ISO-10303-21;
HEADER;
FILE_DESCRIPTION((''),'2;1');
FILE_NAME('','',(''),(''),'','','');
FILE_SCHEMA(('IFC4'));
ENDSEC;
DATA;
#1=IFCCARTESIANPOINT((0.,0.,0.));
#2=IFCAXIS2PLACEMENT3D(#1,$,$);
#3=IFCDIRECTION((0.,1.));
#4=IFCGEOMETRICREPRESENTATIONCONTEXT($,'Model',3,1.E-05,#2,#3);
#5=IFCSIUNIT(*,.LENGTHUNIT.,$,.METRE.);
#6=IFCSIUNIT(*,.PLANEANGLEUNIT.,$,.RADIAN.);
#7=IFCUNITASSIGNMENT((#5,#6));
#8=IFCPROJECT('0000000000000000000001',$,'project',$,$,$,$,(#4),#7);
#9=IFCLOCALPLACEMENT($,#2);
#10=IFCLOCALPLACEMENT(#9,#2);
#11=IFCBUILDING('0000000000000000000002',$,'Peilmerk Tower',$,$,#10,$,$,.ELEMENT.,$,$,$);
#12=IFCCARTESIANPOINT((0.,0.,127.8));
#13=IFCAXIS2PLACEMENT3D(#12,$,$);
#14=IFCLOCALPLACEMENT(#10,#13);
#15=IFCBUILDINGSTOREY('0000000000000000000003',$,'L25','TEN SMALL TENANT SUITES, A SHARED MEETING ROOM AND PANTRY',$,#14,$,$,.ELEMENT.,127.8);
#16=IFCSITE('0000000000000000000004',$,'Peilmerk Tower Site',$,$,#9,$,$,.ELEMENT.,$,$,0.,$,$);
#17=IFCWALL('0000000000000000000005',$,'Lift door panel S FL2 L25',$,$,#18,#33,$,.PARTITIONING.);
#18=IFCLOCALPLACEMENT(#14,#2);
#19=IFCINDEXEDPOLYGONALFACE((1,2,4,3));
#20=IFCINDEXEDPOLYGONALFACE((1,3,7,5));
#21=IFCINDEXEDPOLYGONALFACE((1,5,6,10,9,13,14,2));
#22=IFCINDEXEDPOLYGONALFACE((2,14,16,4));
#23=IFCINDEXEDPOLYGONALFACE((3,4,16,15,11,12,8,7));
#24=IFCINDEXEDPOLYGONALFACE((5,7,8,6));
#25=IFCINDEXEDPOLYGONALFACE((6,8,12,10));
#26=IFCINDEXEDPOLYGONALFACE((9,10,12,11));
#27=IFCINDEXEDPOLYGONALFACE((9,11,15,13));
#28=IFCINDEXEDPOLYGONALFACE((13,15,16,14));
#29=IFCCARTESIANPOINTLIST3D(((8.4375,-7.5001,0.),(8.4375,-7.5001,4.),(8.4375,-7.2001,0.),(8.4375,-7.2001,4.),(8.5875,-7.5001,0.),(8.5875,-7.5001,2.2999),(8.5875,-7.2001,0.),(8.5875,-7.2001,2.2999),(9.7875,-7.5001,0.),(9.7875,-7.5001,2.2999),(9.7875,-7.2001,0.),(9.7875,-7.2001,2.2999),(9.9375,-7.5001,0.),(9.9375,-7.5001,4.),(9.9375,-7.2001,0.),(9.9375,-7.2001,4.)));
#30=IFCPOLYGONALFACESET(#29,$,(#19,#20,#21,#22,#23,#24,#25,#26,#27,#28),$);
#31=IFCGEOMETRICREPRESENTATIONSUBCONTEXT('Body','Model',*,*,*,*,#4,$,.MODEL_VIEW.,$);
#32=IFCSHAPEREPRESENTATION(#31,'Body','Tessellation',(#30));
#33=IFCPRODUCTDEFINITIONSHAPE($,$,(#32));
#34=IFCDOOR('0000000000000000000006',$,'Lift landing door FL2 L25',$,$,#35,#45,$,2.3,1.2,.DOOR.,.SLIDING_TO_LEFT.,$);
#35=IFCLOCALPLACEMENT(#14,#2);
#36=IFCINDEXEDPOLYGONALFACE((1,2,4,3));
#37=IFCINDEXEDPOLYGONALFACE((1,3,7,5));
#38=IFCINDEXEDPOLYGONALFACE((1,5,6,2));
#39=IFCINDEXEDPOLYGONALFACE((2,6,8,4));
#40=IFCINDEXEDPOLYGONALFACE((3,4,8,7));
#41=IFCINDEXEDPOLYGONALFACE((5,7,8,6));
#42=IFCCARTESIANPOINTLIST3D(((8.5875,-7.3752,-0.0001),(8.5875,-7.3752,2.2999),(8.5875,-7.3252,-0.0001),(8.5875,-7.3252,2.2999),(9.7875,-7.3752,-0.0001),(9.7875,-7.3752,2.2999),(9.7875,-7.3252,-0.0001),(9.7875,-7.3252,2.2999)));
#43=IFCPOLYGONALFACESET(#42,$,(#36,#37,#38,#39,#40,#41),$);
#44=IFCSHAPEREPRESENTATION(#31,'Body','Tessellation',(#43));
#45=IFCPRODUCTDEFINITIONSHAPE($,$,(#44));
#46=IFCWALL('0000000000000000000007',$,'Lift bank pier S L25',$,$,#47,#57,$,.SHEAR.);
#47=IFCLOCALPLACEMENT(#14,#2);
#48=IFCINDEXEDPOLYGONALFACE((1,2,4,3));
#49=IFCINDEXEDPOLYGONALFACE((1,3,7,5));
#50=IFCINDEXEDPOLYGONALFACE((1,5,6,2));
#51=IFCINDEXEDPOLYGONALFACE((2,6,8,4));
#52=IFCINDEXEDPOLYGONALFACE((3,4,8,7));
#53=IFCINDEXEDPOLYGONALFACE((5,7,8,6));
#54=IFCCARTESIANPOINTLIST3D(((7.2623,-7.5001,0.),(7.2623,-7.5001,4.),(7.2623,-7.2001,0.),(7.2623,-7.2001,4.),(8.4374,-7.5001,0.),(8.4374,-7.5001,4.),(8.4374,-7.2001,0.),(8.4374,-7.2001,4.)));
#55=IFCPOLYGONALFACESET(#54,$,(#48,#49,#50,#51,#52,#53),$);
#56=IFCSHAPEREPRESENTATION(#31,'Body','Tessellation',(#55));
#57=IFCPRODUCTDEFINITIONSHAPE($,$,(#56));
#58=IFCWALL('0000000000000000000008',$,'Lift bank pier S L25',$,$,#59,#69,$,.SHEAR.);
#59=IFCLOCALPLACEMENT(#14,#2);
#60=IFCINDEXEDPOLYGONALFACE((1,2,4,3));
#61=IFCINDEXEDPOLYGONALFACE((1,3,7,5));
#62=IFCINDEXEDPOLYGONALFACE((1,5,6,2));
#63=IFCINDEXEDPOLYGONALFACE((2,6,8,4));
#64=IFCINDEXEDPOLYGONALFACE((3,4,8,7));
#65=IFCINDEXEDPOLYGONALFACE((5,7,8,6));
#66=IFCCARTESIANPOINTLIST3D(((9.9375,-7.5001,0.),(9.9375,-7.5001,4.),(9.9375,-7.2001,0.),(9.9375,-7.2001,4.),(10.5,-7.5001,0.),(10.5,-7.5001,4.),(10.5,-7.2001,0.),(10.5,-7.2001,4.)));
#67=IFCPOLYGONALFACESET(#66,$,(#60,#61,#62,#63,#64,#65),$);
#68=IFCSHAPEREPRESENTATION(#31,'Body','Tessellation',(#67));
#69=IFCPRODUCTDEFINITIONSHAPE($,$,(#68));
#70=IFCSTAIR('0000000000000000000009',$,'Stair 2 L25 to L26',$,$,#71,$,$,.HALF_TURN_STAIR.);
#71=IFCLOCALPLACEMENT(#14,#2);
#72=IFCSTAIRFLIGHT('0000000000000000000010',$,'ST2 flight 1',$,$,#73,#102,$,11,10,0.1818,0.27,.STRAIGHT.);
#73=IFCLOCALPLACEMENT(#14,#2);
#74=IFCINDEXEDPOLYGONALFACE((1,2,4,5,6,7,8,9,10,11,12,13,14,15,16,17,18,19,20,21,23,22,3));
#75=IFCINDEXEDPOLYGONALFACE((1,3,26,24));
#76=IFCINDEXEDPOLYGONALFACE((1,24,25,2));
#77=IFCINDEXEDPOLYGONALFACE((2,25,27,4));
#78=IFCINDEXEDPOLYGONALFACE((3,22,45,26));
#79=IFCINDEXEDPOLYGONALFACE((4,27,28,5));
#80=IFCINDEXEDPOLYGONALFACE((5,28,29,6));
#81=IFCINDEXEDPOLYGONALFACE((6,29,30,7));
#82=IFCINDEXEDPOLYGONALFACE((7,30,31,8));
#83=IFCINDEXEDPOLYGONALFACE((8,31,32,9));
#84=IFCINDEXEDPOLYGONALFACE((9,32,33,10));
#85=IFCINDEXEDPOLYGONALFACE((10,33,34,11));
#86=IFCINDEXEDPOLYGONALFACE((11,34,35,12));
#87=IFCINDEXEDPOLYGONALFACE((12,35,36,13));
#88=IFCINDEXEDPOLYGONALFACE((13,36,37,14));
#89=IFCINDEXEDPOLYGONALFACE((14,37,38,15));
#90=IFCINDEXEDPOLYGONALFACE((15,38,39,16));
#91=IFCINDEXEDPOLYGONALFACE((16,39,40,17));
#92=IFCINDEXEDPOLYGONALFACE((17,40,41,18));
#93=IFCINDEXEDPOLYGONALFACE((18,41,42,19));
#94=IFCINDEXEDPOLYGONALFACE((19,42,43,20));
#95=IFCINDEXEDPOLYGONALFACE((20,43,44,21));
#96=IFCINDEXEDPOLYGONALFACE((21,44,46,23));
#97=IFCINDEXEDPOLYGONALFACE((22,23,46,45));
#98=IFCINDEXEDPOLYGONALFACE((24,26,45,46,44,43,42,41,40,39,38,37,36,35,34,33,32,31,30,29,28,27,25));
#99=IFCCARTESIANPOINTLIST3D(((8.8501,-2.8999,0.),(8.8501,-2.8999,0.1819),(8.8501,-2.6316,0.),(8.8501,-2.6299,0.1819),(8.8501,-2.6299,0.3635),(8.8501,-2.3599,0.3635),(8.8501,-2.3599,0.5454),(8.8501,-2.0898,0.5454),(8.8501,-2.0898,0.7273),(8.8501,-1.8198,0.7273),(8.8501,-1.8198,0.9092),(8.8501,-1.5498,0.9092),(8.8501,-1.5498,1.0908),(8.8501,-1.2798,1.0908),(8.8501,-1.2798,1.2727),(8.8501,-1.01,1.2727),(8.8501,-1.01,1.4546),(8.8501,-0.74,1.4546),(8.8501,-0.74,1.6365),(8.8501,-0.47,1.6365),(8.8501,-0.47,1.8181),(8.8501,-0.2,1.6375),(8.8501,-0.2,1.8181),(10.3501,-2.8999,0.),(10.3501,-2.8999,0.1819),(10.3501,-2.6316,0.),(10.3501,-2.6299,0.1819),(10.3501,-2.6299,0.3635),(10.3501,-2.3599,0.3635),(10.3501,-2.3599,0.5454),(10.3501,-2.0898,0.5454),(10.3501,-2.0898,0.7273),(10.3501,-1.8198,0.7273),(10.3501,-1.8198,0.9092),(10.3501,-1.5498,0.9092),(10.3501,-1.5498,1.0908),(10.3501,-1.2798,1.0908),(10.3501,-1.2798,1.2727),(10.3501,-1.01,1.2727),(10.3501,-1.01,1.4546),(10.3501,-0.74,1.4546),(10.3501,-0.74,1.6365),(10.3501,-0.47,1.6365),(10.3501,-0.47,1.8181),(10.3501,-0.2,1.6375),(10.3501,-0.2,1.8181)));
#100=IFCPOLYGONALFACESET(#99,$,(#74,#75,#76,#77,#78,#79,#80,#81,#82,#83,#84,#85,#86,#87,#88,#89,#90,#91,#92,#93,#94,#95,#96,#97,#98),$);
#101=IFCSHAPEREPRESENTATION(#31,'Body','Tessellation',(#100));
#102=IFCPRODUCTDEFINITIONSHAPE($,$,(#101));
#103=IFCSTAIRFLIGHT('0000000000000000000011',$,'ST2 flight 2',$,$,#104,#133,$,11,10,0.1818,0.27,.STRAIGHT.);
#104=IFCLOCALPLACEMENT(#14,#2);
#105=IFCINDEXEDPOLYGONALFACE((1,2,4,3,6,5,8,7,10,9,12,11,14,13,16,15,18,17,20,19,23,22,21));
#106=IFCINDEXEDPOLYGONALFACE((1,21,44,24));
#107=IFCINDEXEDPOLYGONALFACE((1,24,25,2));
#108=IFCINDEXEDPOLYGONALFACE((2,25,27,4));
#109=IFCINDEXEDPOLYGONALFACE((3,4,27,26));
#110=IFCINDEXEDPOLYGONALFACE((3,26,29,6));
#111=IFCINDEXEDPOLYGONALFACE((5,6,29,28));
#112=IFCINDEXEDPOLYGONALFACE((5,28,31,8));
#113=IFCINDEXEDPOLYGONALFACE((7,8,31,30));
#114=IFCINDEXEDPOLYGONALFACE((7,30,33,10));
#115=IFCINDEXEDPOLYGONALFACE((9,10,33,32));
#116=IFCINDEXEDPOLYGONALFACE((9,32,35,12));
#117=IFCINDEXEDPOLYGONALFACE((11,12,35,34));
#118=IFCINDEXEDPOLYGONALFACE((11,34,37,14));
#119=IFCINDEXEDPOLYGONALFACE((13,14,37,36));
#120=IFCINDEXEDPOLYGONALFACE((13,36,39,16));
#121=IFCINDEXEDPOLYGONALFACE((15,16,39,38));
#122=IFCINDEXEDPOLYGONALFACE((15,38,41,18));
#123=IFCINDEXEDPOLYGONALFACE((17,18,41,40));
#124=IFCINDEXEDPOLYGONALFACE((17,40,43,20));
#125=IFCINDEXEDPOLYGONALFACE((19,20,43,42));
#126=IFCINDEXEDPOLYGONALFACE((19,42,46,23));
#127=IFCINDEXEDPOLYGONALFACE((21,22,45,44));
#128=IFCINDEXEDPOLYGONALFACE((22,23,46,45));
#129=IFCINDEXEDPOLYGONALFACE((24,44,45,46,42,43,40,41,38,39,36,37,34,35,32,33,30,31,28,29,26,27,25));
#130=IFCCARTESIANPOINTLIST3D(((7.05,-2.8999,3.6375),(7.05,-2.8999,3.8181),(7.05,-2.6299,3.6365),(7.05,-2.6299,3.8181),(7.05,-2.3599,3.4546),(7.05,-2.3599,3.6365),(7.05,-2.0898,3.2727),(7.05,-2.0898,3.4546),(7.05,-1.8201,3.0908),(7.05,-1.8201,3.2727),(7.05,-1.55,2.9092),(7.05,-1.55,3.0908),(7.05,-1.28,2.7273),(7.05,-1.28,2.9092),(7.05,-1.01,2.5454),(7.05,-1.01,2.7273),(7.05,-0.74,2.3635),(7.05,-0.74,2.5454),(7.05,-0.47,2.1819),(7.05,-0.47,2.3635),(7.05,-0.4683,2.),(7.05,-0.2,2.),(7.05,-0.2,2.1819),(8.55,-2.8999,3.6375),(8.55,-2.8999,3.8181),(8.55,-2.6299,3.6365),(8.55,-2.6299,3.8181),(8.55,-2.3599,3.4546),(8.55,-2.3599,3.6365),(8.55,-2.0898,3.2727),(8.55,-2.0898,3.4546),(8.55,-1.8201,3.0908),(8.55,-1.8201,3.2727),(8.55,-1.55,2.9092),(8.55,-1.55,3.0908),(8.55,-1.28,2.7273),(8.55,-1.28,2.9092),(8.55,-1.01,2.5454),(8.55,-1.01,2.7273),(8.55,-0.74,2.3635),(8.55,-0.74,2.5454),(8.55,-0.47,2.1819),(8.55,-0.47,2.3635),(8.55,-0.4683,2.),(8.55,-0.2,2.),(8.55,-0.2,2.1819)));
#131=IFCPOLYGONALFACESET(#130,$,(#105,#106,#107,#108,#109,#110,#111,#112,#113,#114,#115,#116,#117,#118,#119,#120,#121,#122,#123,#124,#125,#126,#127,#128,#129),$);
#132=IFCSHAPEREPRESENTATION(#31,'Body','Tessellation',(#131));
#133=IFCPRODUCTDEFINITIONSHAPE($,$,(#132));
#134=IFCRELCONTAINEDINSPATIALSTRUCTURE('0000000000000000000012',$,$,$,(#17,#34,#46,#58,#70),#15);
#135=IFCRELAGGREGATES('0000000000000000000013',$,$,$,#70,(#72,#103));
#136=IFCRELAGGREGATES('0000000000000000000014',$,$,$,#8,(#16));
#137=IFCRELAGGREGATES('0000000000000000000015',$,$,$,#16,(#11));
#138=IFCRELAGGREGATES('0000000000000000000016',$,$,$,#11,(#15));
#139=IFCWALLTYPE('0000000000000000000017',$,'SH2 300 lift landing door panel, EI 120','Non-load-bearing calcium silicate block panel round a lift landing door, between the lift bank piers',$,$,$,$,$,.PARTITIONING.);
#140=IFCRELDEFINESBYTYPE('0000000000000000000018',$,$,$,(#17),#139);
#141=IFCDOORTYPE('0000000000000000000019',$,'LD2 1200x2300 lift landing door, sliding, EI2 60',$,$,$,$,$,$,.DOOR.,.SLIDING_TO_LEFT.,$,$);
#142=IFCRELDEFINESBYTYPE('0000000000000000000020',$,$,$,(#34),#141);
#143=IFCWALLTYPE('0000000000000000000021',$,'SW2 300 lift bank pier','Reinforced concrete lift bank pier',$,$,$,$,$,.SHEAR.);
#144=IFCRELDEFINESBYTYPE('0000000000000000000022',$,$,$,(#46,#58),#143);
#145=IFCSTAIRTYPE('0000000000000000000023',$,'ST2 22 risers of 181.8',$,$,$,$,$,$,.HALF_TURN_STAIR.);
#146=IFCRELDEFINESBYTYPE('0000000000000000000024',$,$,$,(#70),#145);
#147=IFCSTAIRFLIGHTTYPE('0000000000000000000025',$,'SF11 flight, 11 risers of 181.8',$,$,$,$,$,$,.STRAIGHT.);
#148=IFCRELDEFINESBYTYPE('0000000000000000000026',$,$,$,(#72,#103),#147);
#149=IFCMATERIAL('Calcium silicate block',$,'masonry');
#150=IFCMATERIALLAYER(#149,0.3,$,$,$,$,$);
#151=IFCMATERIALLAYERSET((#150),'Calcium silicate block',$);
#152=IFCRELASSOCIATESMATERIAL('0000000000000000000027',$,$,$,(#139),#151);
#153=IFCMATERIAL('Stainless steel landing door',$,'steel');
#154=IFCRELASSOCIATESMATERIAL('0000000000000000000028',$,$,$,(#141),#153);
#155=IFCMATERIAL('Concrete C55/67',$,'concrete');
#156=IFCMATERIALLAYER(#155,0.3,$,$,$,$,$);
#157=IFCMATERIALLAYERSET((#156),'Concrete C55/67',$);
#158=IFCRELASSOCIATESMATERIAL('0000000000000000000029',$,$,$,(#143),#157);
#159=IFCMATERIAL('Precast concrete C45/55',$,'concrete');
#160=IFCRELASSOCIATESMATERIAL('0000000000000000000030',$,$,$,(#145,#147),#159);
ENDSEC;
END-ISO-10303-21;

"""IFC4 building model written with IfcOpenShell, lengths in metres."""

from ifc_helpers import new_model, si_unit, direction, frame, frame_2d, origin, place, context, subcontext, project, spatial, polyline, rectangle, outline, extrude, material, layer, layer_set, type_object, element, fill, aggregate, save


model = new_model("IFC4")

# Units and contexts
model_context = context("Model", 3, precision=1e-05, world=origin(), true_north=direction((0.0, 1.0)))
body_context = subcontext(model_context, "Body", "Model", "MODEL_VIEW")
ifc_project = project(units=[si_unit("LENGTHUNIT", "METRE"), si_unit("PLANEANGLEUNIT", "RADIAN")], contexts=[model_context])

# Site, building, storey
site_placement = place(None, origin())
site = spatial("IfcSite", under=ifc_project, at=site_placement, Name="Peilmerk Tower Site", CompositionType="ELEMENT", RefElevation=0.0)
building_placement = place(site_placement, origin())
building = spatial("IfcBuilding", under=site, at=building_placement, Name="Peilmerk Tower", CompositionType="ELEMENT")
storey_placement = place(building_placement, frame((0.0, 0.0, 127.8)))
storey = spatial("IfcBuildingStorey", under=building, at=storey_placement, Name="L25", Description="TEN SMALL TENANT SUITES, A SHARED MEETING ROOM AND PANTRY", CompositionType="ELEMENT", Elevation=127.8)

# Wall, opening, door
ifc_material_1 = material(Name="Calcium silicate block", Category="masonry")
ifc_layer_1 = layer(ifc_material_1, 0.3)
ifc_layer_set_1 = layer_set([ifc_layer_1], Name="Calcium silicate block")
wall_type_1 = type_object("IfcWallType", Name="SH2 300 lift landing door panel, EI 120", Description="Non-load-bearing calcium silicate block panel round a lift landing door, between the lift bank piers", PredefinedType="PARTITIONING", material=ifc_layer_set_1)
ifc_material_2 = material(Name="Stainless steel landing door", Category="steel")
wall_1_placement = place(storey_placement, frame((8.4375, -7.3501, 0.0), z_axis=(0.0, 0.0, 1.0), x_axis=(1.0, 0.0, 0.0)))
wall_1 = element("IfcWall", 1, at=wall_1_placement, inside=storey, type_object=wall_type_1, Name="Lift door panel S FL2 L25", PredefinedType="PARTITIONING", context=body_context, shape_type="SweptSolid", body=[
    extrude(rectangle(XDim=1.5, YDim=0.3, at=frame_2d((0.75, 0.0))), origin(), (0.0, 0.0, 1.0), 4.0),
])
opening_1_placement = place(wall_1_placement, frame((0.1499, 0.0, 0.0)))
opening_1 = element("IfcOpeningElement", 2, at=opening_1_placement, cuts=wall_1, PredefinedType="OPENING", context=body_context, shape_type="SweptSolid", body=[
    extrude(rectangle(XDim=1.2, YDim=2.3, at=frame_2d((0.6001, 1.1499))), frame((0.0, 0.1599, 0.0), z_axis=(0.0, -1.0, 0.0), x_axis=(1.0, 0.0, 0.0)), (0.0, 0.0, 1.0), 0.3201),
])
door_type_1 = type_object("IfcDoorType", Name="LD2 1200x2300 lift landing door, sliding, EI2 60", OperationType="SLIDING_TO_LEFT", PredefinedType="DOOR", material=ifc_material_2)
door_1_placement = place(opening_1_placement, origin())
door_1 = element("IfcDoor", 3, at=door_1_placement, inside=storey, type_object=door_type_1, Name="Lift landing door FL2 L25", OperationType="SLIDING_TO_LEFT", OverallHeight=2.3, OverallWidth=1.2, PredefinedType="DOOR", context=body_context, shape_type="SweptSolid", body=[
    extrude(rectangle(XDim=1.2, YDim=2.3, at=frame_2d((0.6001, 1.1499))), frame((0.0, 0.0249, 0.0), z_axis=(0.0, -1.0, 0.0), x_axis=(1.0, 0.0, 0.0)), (0.0, 0.0, 1.0), 0.05),
])
fill(opening_1, door_1)

# Walls
ifc_material_3 = material(Name="Concrete C55/67", Category="concrete")
ifc_layer_2 = layer(ifc_material_3, 0.3)
ifc_layer_set_2 = layer_set([ifc_layer_2], Name="Concrete C55/67")
wall_type_2 = type_object("IfcWallType", Name="SW2 300 lift bank pier", Description="Reinforced concrete lift bank pier", PredefinedType="SHEAR", material=ifc_layer_set_2)
wall_2_placement = place(storey_placement, frame((7.2625, -7.3501, 0.0), z_axis=(0.0, 0.0, 1.0), x_axis=(1.0, 0.0, 0.0)))
element("IfcWall", 4, at=wall_2_placement, inside=storey, type_object=wall_type_2, Name="Lift bank pier S L25", PredefinedType="SHEAR", context=body_context, shape_type="SweptSolid", body=[
    extrude(rectangle(XDim=1.175, YDim=0.3, at=frame_2d((0.5874, 0.0))), origin(), (0.0, 0.0, 1.0), 4.0),
])
wall_3_placement = place(storey_placement, frame((9.9375, -7.3501, 0.0), z_axis=(0.0, 0.0, 1.0), x_axis=(1.0, 0.0, 0.0)))
element("IfcWall", 5, at=wall_3_placement, inside=storey, type_object=wall_type_2, Name="Lift bank pier S L25", PredefinedType="SHEAR", context=body_context, shape_type="SweptSolid", body=[
    extrude(rectangle(XDim=0.5625, YDim=0.3, at=frame_2d((0.2812, 0.0))), origin(), (0.0, 0.0, 1.0), 4.0),
])

# Stair, stair flights
ifc_material_4 = material(Name="Precast concrete C45/55", Category="concrete")
stair_type = type_object("IfcStairType", Name="ST2 22 risers of 181.8", PredefinedType="HALF_TURN_STAIR", material=ifc_material_4)
stair_placement = place(storey_placement, origin())
stair = element("IfcStair", 6, at=stair_placement, inside=storey, type_object=stair_type, Name="Stair 2 L25 to L26", PredefinedType="HALF_TURN_STAIR")
stair_flight_type = type_object("IfcStairFlightType", Name="SF11 flight, 11 risers of 181.8", PredefinedType="STRAIGHT", material=ifc_material_4)
stair_flight_1_placement = place(storey_placement, frame((9.6001, -2.8999, 0.0), z_axis=(0.0, 0.0, 1.0), x_axis=(0.0, 1.0, 0.0)))
stair_flight_1 = element("IfcStairFlight", 7, at=stair_flight_1_placement, type_object=stair_flight_type, Name="ST2 flight 1", NumberOfRisers=11, NumberOfTreads=10, PredefinedType="STRAIGHT", RiserHeight=0.1818, TreadLength=0.27, context=body_context, shape_type="SweptSolid", body=[
    extrude(outline(polyline([(0.0, 0.0), (0.0, 0.1819), (0.27, 0.1819), (0.27, 0.3635), (0.54, 0.3635), (0.54, 0.5454), (0.8101, 0.5454), (0.8101, 0.7273), (1.0801, 0.7273), (1.0801, 0.9092), (1.3501, 0.9092), (1.3501, 1.0908), (1.6201, 1.0908), (1.6201, 1.2727), (1.8899, 1.2727), (1.8899, 1.4546), (2.1599, 1.4546), (2.1599, 1.6365), (2.4299, 1.6365), (2.4299, 1.8181), (2.7, 1.8181), (2.7, 2.0), (2.7, 1.6375), (0.2683, 0.0), (0.0, 0.0)])), frame((0.0, 0.75, 0.0), z_axis=(0.0, -1.0, 0.0), x_axis=(1.0, 0.0, 0.0)), (0.0, 0.0, 1.0), 1.5),
])
stair_flight_2_placement = place(storey_placement, frame((7.8, -0.2, 2.0), z_axis=(0.0, 0.0, 1.0), x_axis=(0.0, -1.0, 0.0)))
stair_flight_2 = element("IfcStairFlight", 8, at=stair_flight_2_placement, type_object=stair_flight_type, Name="ST2 flight 2", NumberOfRisers=11, NumberOfTreads=10, PredefinedType="STRAIGHT", RiserHeight=0.1818, TreadLength=0.27, context=body_context, shape_type="SweptSolid", body=[
    extrude(outline(polyline([(0.0, 0.0), (0.0, 0.1819), (0.27, 0.1819), (0.27, 0.3635), (0.54, 0.3635), (0.54, 0.5454), (0.8101, 0.5454), (0.8101, 0.7273), (1.0801, 0.7273), (1.0801, 0.9092), (1.3501, 0.9092), (1.3501, 1.0908), (1.6201, 1.0908), (1.6201, 1.2727), (1.8899, 1.2727), (1.8899, 1.4546), (2.1599, 1.4546), (2.1599, 1.6365), (2.4299, 1.6365), (2.4299, 1.8181), (2.7, 1.8181), (2.7, 2.0), (2.7, 1.6375), (0.2683, 0.0), (0.0, 0.0)])), frame((0.0, 0.75, 0.0), z_axis=(0.0, -1.0, 0.0), x_axis=(1.0, 0.0, 0.0)), (0.0, 0.0, 1.0), 1.5),
])
aggregate(stair, [stair_flight_1, stair_flight_2])

save(model, "model.ifc")
